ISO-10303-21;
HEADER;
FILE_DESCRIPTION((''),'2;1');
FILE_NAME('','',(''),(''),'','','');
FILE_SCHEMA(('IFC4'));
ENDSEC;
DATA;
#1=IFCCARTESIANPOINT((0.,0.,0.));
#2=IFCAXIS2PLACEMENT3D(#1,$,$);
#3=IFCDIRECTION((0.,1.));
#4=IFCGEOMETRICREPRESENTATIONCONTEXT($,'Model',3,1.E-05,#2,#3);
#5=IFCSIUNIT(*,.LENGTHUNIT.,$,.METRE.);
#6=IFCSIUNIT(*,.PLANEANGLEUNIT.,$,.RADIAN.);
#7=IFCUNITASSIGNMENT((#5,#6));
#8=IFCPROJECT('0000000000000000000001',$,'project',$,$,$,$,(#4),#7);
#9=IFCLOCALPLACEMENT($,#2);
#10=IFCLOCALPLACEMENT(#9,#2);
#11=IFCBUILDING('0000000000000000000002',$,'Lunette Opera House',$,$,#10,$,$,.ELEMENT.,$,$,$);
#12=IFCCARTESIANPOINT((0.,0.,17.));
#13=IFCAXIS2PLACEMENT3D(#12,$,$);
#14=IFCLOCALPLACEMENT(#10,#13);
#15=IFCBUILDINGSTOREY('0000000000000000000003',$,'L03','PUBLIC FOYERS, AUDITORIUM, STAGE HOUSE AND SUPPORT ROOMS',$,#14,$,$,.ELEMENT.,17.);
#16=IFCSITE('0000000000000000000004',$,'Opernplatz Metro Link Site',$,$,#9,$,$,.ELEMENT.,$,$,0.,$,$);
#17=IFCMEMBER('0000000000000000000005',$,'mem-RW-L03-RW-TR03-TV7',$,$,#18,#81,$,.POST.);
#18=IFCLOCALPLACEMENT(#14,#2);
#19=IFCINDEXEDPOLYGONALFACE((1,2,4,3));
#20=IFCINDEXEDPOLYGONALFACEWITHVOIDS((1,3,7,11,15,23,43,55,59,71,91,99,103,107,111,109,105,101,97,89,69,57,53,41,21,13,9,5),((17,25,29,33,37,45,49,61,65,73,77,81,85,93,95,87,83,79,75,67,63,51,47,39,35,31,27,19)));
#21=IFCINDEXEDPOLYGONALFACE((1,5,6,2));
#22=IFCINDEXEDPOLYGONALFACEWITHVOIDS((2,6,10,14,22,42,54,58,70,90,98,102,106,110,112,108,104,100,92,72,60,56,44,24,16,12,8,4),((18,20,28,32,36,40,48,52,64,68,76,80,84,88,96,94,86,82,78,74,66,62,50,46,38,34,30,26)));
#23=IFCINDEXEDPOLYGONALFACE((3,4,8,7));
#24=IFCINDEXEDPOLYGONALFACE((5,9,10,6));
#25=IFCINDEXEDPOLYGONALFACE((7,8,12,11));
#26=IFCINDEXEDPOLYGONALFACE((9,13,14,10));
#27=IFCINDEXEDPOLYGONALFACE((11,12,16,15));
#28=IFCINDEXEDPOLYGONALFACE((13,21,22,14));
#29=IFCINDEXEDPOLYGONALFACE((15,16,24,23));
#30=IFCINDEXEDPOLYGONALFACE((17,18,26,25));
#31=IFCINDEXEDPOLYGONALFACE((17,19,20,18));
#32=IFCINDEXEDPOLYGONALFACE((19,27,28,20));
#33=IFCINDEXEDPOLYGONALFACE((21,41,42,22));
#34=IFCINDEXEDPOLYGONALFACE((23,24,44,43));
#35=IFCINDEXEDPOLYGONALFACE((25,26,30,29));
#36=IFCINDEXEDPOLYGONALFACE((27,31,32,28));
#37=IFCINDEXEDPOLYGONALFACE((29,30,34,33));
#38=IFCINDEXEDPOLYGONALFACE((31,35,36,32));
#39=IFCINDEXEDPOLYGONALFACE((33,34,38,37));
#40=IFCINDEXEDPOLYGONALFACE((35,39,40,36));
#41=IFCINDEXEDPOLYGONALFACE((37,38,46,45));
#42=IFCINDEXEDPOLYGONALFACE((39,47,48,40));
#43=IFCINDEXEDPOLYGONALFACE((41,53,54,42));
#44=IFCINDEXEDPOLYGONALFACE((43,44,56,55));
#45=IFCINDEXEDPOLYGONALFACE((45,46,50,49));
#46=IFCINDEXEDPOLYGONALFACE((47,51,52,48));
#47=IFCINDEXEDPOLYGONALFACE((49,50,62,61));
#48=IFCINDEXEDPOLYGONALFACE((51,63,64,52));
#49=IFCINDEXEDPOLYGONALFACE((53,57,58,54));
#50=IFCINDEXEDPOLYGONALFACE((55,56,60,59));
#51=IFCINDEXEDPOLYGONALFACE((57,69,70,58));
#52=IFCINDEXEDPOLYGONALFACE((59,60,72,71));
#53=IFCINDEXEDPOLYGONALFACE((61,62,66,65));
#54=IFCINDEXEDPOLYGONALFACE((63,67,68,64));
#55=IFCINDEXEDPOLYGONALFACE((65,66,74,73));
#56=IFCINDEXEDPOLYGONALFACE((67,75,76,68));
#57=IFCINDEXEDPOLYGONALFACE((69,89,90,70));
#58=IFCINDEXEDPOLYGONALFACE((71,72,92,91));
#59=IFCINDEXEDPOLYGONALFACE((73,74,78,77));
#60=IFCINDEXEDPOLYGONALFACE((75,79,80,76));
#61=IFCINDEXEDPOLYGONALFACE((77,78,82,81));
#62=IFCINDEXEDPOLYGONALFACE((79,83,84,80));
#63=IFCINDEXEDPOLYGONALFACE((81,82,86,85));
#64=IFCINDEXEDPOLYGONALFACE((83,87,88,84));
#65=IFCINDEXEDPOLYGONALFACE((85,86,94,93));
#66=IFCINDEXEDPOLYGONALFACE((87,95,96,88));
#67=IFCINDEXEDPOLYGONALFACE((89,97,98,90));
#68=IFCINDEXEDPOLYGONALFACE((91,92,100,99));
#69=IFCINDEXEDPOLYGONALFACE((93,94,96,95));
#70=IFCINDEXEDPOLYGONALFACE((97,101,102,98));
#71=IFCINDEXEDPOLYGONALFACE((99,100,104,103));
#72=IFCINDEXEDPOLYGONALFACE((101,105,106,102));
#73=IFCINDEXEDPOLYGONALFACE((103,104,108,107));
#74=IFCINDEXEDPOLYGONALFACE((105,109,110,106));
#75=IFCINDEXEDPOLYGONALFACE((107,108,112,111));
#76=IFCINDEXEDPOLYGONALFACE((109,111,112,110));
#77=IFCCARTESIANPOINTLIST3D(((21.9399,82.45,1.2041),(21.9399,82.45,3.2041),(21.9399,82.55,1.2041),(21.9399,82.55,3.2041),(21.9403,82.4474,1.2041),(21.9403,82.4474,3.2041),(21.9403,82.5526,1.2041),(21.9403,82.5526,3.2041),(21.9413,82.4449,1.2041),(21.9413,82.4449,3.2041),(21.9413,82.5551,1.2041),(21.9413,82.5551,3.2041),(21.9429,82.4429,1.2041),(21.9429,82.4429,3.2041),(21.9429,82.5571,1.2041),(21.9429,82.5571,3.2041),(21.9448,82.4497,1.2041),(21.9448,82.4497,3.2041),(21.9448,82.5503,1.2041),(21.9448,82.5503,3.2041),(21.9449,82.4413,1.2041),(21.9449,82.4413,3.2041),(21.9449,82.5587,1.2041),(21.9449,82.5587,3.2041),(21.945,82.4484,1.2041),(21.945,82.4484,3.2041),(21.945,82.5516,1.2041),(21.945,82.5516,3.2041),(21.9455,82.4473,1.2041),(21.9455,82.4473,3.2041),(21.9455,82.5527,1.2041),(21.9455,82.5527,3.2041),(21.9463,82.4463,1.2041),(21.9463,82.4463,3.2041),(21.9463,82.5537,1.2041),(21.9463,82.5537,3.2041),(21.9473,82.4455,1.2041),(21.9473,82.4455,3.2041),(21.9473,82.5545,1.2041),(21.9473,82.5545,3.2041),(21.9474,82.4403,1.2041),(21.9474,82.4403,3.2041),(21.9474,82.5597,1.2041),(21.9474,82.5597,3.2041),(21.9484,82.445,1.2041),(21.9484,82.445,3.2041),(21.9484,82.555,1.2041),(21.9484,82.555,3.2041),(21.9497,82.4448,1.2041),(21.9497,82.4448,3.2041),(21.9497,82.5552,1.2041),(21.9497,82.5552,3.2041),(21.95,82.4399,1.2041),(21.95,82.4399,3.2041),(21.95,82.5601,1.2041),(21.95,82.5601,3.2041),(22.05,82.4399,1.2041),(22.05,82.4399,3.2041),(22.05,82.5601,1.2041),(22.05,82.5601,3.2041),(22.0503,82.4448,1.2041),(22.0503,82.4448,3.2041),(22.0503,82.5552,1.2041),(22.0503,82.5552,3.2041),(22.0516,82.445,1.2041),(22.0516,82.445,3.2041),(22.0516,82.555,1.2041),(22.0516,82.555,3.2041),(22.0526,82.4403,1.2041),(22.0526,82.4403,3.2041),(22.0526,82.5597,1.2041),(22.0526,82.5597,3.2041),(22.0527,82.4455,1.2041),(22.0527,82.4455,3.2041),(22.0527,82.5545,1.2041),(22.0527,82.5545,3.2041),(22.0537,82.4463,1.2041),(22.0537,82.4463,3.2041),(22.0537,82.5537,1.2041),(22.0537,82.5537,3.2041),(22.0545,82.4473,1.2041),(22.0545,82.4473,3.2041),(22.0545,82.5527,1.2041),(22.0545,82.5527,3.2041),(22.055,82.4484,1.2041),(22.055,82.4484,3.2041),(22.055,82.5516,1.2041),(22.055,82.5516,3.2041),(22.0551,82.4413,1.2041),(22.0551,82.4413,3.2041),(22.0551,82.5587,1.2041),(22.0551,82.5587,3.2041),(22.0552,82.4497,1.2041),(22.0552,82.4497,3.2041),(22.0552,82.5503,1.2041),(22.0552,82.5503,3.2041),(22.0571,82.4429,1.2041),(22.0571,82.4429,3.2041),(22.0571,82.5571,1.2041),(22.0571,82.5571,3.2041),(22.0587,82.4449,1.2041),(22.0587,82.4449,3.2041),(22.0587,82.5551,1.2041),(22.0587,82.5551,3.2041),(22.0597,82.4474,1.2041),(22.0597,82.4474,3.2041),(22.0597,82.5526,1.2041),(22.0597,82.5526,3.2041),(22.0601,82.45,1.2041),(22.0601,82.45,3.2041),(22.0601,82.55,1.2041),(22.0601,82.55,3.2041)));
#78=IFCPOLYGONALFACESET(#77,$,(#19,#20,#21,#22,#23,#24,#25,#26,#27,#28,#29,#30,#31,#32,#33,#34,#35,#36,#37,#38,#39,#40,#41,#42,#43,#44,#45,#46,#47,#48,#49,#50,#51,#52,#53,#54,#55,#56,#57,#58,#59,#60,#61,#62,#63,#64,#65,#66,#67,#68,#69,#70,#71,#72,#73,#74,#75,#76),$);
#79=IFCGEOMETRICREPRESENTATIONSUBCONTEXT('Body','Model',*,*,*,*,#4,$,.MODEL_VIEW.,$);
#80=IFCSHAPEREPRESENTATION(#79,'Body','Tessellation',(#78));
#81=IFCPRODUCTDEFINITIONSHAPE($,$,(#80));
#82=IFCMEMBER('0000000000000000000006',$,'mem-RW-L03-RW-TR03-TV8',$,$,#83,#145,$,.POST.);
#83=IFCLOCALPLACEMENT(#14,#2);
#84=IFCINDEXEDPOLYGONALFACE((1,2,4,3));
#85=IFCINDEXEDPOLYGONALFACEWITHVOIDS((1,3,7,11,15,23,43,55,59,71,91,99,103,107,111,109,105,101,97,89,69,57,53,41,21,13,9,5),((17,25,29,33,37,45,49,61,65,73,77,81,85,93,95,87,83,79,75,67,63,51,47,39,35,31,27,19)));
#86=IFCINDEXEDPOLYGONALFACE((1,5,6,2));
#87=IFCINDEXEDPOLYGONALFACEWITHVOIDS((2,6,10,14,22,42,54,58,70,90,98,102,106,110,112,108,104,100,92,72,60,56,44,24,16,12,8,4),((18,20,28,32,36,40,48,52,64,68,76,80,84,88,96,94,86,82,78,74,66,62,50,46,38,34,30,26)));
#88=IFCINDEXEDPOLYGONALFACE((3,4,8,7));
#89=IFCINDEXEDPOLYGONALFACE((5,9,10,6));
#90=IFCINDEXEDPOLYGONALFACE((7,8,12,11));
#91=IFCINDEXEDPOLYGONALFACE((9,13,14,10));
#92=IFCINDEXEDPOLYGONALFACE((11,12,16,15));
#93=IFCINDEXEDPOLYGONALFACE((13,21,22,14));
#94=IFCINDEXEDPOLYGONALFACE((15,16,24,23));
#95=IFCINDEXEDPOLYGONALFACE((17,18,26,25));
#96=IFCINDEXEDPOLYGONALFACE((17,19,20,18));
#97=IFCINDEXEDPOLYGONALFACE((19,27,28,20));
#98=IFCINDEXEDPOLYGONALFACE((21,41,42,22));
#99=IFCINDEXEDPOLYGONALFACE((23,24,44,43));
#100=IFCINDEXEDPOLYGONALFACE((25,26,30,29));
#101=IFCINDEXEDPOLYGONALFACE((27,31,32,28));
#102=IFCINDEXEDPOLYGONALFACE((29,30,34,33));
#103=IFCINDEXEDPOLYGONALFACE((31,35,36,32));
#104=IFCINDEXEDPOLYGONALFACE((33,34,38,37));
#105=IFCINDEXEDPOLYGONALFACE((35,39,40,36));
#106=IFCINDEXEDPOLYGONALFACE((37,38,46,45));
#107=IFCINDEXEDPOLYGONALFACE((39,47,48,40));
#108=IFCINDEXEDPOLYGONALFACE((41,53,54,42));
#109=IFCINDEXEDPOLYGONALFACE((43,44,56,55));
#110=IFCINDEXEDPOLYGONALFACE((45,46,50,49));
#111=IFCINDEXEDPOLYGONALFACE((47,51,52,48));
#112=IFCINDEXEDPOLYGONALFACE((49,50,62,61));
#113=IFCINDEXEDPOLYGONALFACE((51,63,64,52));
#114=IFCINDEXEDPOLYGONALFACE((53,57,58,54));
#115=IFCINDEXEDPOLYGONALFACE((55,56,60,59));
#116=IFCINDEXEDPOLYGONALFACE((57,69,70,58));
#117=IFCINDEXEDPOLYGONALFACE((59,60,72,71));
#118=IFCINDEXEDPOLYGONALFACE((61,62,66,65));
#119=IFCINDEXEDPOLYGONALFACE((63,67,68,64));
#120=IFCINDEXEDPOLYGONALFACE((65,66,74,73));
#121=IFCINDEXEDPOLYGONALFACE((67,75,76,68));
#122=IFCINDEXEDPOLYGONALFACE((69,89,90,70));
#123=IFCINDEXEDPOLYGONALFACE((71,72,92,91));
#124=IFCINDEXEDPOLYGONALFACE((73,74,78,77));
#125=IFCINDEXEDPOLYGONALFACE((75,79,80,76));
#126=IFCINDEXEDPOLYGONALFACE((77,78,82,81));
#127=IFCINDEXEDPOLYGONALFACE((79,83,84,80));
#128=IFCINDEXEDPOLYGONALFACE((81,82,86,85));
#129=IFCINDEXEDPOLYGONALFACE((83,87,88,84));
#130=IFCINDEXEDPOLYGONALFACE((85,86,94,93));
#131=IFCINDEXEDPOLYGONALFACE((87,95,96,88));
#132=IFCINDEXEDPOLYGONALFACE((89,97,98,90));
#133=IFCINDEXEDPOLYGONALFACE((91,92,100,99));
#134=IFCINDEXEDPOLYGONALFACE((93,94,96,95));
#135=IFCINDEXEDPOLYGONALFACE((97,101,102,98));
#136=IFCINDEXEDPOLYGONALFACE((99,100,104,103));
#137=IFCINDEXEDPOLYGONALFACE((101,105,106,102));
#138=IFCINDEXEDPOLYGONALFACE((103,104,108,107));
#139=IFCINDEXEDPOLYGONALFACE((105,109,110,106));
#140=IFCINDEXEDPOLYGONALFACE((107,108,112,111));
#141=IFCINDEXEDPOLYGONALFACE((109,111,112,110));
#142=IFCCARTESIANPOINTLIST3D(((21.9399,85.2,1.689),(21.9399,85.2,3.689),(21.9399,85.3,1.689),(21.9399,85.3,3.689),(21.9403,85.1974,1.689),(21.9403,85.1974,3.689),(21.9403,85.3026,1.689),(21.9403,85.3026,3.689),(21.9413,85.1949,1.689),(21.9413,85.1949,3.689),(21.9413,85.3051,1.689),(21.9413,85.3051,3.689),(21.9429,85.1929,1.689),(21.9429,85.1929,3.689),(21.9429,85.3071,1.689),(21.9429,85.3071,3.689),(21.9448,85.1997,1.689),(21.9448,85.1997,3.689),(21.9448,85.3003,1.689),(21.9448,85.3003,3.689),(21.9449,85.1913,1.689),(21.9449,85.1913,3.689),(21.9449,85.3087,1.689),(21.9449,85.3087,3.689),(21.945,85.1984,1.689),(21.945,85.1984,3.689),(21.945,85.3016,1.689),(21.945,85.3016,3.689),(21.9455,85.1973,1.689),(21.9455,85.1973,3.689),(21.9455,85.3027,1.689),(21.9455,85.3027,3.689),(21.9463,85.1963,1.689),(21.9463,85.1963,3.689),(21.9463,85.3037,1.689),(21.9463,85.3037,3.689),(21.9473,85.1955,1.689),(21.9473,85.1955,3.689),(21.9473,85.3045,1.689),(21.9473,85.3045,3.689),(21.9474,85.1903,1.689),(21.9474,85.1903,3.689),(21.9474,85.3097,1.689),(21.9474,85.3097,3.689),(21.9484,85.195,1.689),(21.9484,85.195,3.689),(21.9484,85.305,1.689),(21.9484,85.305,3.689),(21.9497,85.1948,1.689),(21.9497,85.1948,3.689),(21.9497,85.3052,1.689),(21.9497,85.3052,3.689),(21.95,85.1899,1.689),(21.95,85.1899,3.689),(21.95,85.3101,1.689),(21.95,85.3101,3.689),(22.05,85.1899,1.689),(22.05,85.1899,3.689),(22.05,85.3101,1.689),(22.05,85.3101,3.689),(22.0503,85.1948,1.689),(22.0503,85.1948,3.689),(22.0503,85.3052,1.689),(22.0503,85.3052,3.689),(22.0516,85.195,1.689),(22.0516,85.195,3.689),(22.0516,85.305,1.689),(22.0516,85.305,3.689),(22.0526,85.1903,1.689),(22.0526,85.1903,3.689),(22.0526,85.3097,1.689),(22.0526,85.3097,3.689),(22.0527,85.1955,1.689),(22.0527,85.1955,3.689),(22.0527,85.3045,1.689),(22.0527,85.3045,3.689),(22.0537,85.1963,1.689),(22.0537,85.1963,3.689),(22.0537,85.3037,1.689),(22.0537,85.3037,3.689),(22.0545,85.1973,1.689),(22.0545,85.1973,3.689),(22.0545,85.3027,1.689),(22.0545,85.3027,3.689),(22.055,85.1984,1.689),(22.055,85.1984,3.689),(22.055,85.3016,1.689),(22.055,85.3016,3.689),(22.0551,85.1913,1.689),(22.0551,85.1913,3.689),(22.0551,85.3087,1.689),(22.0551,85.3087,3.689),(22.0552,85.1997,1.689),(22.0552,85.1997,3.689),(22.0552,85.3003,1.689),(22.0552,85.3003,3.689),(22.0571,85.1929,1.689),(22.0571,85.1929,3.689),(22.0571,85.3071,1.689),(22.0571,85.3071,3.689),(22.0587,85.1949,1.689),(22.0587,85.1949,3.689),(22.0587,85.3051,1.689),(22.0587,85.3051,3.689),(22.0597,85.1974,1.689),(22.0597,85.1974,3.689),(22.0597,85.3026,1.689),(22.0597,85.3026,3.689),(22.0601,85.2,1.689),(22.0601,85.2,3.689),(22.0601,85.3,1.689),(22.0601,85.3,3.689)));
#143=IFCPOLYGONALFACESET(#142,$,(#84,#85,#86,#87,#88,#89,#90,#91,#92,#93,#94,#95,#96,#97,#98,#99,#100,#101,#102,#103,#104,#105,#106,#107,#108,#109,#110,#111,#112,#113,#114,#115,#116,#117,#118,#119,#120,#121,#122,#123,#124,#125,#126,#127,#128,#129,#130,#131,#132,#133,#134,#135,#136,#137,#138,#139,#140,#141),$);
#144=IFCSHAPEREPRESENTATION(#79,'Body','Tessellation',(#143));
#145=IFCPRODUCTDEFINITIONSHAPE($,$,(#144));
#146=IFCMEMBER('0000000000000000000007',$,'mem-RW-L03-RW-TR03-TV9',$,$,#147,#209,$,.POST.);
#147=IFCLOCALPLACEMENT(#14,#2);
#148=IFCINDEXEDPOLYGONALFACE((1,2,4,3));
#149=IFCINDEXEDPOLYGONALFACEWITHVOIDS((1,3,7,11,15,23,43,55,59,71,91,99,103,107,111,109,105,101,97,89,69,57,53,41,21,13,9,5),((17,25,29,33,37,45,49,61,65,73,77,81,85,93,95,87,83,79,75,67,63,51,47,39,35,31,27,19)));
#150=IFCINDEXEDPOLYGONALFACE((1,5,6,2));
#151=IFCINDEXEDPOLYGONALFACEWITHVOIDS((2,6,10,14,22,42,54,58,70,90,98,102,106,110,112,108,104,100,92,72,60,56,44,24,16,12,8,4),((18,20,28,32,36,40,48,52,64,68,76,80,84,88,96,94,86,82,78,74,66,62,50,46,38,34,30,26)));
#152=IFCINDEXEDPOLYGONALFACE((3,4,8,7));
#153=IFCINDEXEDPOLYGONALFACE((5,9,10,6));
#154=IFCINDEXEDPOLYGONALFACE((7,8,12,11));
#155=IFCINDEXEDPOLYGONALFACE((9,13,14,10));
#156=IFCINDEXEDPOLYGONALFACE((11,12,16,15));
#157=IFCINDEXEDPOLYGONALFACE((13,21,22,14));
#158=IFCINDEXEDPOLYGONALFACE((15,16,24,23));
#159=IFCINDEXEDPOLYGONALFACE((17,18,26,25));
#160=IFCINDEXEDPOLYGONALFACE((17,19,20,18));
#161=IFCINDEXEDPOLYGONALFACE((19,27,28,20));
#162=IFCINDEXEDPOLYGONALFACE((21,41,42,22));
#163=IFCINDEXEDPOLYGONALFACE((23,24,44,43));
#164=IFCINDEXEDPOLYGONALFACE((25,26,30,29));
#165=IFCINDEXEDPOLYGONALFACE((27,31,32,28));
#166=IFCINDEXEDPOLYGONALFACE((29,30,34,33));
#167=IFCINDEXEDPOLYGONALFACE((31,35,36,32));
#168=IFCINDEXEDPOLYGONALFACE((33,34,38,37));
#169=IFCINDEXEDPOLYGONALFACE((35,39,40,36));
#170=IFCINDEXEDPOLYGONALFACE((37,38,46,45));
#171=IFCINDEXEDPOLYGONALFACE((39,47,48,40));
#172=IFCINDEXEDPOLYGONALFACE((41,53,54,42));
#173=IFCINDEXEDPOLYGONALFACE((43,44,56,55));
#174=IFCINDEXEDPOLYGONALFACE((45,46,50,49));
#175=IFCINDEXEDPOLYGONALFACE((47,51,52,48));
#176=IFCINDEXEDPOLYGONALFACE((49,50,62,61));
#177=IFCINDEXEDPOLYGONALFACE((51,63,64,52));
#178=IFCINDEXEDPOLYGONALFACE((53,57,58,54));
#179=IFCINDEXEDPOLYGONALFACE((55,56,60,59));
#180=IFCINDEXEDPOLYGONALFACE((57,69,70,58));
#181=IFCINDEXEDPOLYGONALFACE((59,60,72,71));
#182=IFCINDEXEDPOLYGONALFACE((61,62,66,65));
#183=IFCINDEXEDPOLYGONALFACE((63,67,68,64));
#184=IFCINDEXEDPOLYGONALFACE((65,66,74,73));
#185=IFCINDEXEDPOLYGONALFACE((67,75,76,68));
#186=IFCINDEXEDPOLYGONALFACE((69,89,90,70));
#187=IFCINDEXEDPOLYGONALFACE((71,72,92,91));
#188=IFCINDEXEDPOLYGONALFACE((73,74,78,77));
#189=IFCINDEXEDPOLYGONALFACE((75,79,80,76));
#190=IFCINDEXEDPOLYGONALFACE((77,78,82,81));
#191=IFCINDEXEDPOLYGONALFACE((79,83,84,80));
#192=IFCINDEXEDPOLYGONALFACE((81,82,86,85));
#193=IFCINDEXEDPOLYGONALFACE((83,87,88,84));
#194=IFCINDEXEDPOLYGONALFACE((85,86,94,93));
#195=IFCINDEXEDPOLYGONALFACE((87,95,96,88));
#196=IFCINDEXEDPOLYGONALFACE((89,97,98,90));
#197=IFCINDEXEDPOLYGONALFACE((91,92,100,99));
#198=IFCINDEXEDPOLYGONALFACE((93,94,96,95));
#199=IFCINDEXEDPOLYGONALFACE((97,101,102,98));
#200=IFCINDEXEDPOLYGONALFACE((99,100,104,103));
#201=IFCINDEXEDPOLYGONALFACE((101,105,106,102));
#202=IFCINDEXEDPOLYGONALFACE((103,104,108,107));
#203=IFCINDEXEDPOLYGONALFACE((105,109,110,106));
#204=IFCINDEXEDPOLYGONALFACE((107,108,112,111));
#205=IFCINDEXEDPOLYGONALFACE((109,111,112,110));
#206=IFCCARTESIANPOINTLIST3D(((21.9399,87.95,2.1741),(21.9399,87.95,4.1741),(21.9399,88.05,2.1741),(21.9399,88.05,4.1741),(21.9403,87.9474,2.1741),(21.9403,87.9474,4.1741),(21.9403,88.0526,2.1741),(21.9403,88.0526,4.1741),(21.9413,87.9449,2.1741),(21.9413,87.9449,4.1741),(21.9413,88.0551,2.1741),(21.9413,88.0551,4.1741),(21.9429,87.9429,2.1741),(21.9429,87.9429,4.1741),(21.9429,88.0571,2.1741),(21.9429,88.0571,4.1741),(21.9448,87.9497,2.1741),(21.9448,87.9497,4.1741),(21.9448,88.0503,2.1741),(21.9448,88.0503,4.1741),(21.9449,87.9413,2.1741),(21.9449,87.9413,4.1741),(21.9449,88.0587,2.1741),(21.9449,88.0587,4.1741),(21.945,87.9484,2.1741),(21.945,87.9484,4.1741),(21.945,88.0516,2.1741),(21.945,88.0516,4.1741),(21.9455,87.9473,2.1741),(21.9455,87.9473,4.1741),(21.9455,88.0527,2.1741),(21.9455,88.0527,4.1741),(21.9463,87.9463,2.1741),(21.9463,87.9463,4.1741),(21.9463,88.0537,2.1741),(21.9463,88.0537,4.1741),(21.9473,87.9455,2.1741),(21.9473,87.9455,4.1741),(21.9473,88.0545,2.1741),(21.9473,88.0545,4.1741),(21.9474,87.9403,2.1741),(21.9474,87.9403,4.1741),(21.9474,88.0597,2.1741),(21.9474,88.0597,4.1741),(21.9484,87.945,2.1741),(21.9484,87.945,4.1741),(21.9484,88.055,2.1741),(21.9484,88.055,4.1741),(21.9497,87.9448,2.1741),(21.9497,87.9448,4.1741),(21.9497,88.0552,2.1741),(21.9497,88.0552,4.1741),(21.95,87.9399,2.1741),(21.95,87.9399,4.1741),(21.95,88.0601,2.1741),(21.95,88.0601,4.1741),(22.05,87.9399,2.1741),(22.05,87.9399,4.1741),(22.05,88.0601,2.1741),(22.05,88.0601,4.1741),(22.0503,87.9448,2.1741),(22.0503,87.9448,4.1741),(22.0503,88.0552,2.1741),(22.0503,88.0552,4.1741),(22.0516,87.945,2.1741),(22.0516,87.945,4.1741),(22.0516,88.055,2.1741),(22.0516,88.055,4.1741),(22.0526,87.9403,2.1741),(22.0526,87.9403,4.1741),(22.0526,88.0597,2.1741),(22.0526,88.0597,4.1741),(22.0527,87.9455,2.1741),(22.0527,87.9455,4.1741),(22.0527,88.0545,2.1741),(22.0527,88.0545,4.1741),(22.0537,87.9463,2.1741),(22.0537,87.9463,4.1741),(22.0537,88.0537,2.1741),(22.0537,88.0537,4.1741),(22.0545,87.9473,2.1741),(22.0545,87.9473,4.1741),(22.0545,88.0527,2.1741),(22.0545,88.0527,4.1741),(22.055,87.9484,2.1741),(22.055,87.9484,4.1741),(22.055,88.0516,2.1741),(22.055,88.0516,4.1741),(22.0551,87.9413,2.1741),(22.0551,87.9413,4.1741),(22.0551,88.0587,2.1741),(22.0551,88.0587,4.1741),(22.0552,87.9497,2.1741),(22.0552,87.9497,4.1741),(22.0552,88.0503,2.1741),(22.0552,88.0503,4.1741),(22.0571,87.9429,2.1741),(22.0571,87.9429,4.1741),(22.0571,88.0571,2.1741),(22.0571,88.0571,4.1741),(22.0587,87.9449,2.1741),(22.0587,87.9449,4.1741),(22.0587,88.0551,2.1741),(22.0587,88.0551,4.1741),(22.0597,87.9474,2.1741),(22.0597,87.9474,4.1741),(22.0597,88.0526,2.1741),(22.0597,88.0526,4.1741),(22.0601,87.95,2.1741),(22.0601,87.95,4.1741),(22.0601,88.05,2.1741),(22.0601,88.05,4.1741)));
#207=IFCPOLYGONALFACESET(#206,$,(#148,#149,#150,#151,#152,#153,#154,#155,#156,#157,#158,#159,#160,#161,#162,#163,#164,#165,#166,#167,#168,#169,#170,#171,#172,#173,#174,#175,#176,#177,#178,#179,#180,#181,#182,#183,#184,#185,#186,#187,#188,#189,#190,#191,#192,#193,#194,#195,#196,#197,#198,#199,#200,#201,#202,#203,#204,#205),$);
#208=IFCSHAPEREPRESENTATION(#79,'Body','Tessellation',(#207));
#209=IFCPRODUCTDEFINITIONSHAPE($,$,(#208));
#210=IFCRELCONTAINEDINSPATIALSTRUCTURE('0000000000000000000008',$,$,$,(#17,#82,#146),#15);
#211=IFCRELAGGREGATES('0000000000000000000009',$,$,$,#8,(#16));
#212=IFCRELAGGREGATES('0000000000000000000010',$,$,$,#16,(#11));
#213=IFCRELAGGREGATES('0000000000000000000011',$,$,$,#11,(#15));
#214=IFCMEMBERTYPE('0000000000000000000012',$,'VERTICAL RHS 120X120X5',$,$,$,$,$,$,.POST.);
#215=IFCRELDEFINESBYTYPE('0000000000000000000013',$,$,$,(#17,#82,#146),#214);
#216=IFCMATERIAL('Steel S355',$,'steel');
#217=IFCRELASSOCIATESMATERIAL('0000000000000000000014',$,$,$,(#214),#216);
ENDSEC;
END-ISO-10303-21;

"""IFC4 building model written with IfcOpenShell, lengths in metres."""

from ifc_helpers import new_model, si_unit, direction, frame, origin, origin_2d, place, context, subcontext, project, spatial, hollow_rectangle, extrude, material, material_profile, profile_set, type_object, element, save


model = new_model("IFC4")

# Units and contexts
model_context = context("Model", 3, precision=1e-05, world=origin(), true_north=direction((0.0, 1.0)))
body_context = subcontext(model_context, "Body", "Model", "MODEL_VIEW")
ifc_project = project(units=[si_unit("LENGTHUNIT", "METRE"), si_unit("PLANEANGLEUNIT", "RADIAN")], contexts=[model_context])

# Site, building, storey
site_placement = place(None, origin())
site = spatial("IfcSite", under=ifc_project, at=site_placement, Name="Opernplatz Metro Link Site", CompositionType="ELEMENT", RefElevation=0.0)
building_placement = place(site_placement, origin())
building = spatial("IfcBuilding", under=site, at=building_placement, Name="Lunette Opera House", CompositionType="ELEMENT")
storey_placement = place(building_placement, frame((0.0, 0.0, 17.0)))
storey = spatial("IfcBuildingStorey", under=building, at=storey_placement, Name="L03", Description="PUBLIC FOYERS, AUDITORIUM, STAGE HOUSE AND SUPPORT ROOMS", CompositionType="ELEMENT", Elevation=17.0)

# Members
ifc_material_1 = material(Name="Steel S355", Category="steel")
ifc_material_profile_1 = material_profile(ifc_material_1, hollow_rectangle(XDim=0.1201, YDim=0.1201, WallThickness=0.0049, InnerFilletRadius=0.0049, OuterFilletRadius=0.01, at=origin_2d()), Name="RHS 120X120X5")
ifc_profile_set_1 = profile_set([ifc_material_profile_1], Name="Steel S355")
member_type_1 = type_object("IfcMemberType", Name="VERTICAL RHS 120X120X5", PredefinedType="POST", material=ifc_profile_set_1)
for number, where, z_axis, x_axis, name in (
    (1, (22.0, 82.5, 1.2041), (0.0, 0.0, 1.0), (1.0, 0.0, 0.0), "mem-RW-L03-RW-TR03-TV7"),
    (2, (22.0, 85.25, 1.689), (0.0, 0.0, 1.0), (1.0, 0.0, 0.0), "mem-RW-L03-RW-TR03-TV8"),
    (3, (22.0, 88.0, 2.1741), (0.0, 0.0, 1.0), (1.0, 0.0, 0.0), "mem-RW-L03-RW-TR03-TV9"),
):
    element("IfcMember", number, at=place(storey_placement, frame(where, z_axis=z_axis, x_axis=x_axis)), inside=storey, type_object=member_type_1, Name=name, PredefinedType="POST", context=body_context, shape_type="SweptSolid", body=[
        extrude(hollow_rectangle(XDim=0.1201, YDim=0.1201, WallThickness=0.0049, InnerFilletRadius=0.0049, OuterFilletRadius=0.01, at=origin_2d()), origin(), (0.0, 0.0, 1.0), 2.0),
    ])

save(model, "model.ifc")
